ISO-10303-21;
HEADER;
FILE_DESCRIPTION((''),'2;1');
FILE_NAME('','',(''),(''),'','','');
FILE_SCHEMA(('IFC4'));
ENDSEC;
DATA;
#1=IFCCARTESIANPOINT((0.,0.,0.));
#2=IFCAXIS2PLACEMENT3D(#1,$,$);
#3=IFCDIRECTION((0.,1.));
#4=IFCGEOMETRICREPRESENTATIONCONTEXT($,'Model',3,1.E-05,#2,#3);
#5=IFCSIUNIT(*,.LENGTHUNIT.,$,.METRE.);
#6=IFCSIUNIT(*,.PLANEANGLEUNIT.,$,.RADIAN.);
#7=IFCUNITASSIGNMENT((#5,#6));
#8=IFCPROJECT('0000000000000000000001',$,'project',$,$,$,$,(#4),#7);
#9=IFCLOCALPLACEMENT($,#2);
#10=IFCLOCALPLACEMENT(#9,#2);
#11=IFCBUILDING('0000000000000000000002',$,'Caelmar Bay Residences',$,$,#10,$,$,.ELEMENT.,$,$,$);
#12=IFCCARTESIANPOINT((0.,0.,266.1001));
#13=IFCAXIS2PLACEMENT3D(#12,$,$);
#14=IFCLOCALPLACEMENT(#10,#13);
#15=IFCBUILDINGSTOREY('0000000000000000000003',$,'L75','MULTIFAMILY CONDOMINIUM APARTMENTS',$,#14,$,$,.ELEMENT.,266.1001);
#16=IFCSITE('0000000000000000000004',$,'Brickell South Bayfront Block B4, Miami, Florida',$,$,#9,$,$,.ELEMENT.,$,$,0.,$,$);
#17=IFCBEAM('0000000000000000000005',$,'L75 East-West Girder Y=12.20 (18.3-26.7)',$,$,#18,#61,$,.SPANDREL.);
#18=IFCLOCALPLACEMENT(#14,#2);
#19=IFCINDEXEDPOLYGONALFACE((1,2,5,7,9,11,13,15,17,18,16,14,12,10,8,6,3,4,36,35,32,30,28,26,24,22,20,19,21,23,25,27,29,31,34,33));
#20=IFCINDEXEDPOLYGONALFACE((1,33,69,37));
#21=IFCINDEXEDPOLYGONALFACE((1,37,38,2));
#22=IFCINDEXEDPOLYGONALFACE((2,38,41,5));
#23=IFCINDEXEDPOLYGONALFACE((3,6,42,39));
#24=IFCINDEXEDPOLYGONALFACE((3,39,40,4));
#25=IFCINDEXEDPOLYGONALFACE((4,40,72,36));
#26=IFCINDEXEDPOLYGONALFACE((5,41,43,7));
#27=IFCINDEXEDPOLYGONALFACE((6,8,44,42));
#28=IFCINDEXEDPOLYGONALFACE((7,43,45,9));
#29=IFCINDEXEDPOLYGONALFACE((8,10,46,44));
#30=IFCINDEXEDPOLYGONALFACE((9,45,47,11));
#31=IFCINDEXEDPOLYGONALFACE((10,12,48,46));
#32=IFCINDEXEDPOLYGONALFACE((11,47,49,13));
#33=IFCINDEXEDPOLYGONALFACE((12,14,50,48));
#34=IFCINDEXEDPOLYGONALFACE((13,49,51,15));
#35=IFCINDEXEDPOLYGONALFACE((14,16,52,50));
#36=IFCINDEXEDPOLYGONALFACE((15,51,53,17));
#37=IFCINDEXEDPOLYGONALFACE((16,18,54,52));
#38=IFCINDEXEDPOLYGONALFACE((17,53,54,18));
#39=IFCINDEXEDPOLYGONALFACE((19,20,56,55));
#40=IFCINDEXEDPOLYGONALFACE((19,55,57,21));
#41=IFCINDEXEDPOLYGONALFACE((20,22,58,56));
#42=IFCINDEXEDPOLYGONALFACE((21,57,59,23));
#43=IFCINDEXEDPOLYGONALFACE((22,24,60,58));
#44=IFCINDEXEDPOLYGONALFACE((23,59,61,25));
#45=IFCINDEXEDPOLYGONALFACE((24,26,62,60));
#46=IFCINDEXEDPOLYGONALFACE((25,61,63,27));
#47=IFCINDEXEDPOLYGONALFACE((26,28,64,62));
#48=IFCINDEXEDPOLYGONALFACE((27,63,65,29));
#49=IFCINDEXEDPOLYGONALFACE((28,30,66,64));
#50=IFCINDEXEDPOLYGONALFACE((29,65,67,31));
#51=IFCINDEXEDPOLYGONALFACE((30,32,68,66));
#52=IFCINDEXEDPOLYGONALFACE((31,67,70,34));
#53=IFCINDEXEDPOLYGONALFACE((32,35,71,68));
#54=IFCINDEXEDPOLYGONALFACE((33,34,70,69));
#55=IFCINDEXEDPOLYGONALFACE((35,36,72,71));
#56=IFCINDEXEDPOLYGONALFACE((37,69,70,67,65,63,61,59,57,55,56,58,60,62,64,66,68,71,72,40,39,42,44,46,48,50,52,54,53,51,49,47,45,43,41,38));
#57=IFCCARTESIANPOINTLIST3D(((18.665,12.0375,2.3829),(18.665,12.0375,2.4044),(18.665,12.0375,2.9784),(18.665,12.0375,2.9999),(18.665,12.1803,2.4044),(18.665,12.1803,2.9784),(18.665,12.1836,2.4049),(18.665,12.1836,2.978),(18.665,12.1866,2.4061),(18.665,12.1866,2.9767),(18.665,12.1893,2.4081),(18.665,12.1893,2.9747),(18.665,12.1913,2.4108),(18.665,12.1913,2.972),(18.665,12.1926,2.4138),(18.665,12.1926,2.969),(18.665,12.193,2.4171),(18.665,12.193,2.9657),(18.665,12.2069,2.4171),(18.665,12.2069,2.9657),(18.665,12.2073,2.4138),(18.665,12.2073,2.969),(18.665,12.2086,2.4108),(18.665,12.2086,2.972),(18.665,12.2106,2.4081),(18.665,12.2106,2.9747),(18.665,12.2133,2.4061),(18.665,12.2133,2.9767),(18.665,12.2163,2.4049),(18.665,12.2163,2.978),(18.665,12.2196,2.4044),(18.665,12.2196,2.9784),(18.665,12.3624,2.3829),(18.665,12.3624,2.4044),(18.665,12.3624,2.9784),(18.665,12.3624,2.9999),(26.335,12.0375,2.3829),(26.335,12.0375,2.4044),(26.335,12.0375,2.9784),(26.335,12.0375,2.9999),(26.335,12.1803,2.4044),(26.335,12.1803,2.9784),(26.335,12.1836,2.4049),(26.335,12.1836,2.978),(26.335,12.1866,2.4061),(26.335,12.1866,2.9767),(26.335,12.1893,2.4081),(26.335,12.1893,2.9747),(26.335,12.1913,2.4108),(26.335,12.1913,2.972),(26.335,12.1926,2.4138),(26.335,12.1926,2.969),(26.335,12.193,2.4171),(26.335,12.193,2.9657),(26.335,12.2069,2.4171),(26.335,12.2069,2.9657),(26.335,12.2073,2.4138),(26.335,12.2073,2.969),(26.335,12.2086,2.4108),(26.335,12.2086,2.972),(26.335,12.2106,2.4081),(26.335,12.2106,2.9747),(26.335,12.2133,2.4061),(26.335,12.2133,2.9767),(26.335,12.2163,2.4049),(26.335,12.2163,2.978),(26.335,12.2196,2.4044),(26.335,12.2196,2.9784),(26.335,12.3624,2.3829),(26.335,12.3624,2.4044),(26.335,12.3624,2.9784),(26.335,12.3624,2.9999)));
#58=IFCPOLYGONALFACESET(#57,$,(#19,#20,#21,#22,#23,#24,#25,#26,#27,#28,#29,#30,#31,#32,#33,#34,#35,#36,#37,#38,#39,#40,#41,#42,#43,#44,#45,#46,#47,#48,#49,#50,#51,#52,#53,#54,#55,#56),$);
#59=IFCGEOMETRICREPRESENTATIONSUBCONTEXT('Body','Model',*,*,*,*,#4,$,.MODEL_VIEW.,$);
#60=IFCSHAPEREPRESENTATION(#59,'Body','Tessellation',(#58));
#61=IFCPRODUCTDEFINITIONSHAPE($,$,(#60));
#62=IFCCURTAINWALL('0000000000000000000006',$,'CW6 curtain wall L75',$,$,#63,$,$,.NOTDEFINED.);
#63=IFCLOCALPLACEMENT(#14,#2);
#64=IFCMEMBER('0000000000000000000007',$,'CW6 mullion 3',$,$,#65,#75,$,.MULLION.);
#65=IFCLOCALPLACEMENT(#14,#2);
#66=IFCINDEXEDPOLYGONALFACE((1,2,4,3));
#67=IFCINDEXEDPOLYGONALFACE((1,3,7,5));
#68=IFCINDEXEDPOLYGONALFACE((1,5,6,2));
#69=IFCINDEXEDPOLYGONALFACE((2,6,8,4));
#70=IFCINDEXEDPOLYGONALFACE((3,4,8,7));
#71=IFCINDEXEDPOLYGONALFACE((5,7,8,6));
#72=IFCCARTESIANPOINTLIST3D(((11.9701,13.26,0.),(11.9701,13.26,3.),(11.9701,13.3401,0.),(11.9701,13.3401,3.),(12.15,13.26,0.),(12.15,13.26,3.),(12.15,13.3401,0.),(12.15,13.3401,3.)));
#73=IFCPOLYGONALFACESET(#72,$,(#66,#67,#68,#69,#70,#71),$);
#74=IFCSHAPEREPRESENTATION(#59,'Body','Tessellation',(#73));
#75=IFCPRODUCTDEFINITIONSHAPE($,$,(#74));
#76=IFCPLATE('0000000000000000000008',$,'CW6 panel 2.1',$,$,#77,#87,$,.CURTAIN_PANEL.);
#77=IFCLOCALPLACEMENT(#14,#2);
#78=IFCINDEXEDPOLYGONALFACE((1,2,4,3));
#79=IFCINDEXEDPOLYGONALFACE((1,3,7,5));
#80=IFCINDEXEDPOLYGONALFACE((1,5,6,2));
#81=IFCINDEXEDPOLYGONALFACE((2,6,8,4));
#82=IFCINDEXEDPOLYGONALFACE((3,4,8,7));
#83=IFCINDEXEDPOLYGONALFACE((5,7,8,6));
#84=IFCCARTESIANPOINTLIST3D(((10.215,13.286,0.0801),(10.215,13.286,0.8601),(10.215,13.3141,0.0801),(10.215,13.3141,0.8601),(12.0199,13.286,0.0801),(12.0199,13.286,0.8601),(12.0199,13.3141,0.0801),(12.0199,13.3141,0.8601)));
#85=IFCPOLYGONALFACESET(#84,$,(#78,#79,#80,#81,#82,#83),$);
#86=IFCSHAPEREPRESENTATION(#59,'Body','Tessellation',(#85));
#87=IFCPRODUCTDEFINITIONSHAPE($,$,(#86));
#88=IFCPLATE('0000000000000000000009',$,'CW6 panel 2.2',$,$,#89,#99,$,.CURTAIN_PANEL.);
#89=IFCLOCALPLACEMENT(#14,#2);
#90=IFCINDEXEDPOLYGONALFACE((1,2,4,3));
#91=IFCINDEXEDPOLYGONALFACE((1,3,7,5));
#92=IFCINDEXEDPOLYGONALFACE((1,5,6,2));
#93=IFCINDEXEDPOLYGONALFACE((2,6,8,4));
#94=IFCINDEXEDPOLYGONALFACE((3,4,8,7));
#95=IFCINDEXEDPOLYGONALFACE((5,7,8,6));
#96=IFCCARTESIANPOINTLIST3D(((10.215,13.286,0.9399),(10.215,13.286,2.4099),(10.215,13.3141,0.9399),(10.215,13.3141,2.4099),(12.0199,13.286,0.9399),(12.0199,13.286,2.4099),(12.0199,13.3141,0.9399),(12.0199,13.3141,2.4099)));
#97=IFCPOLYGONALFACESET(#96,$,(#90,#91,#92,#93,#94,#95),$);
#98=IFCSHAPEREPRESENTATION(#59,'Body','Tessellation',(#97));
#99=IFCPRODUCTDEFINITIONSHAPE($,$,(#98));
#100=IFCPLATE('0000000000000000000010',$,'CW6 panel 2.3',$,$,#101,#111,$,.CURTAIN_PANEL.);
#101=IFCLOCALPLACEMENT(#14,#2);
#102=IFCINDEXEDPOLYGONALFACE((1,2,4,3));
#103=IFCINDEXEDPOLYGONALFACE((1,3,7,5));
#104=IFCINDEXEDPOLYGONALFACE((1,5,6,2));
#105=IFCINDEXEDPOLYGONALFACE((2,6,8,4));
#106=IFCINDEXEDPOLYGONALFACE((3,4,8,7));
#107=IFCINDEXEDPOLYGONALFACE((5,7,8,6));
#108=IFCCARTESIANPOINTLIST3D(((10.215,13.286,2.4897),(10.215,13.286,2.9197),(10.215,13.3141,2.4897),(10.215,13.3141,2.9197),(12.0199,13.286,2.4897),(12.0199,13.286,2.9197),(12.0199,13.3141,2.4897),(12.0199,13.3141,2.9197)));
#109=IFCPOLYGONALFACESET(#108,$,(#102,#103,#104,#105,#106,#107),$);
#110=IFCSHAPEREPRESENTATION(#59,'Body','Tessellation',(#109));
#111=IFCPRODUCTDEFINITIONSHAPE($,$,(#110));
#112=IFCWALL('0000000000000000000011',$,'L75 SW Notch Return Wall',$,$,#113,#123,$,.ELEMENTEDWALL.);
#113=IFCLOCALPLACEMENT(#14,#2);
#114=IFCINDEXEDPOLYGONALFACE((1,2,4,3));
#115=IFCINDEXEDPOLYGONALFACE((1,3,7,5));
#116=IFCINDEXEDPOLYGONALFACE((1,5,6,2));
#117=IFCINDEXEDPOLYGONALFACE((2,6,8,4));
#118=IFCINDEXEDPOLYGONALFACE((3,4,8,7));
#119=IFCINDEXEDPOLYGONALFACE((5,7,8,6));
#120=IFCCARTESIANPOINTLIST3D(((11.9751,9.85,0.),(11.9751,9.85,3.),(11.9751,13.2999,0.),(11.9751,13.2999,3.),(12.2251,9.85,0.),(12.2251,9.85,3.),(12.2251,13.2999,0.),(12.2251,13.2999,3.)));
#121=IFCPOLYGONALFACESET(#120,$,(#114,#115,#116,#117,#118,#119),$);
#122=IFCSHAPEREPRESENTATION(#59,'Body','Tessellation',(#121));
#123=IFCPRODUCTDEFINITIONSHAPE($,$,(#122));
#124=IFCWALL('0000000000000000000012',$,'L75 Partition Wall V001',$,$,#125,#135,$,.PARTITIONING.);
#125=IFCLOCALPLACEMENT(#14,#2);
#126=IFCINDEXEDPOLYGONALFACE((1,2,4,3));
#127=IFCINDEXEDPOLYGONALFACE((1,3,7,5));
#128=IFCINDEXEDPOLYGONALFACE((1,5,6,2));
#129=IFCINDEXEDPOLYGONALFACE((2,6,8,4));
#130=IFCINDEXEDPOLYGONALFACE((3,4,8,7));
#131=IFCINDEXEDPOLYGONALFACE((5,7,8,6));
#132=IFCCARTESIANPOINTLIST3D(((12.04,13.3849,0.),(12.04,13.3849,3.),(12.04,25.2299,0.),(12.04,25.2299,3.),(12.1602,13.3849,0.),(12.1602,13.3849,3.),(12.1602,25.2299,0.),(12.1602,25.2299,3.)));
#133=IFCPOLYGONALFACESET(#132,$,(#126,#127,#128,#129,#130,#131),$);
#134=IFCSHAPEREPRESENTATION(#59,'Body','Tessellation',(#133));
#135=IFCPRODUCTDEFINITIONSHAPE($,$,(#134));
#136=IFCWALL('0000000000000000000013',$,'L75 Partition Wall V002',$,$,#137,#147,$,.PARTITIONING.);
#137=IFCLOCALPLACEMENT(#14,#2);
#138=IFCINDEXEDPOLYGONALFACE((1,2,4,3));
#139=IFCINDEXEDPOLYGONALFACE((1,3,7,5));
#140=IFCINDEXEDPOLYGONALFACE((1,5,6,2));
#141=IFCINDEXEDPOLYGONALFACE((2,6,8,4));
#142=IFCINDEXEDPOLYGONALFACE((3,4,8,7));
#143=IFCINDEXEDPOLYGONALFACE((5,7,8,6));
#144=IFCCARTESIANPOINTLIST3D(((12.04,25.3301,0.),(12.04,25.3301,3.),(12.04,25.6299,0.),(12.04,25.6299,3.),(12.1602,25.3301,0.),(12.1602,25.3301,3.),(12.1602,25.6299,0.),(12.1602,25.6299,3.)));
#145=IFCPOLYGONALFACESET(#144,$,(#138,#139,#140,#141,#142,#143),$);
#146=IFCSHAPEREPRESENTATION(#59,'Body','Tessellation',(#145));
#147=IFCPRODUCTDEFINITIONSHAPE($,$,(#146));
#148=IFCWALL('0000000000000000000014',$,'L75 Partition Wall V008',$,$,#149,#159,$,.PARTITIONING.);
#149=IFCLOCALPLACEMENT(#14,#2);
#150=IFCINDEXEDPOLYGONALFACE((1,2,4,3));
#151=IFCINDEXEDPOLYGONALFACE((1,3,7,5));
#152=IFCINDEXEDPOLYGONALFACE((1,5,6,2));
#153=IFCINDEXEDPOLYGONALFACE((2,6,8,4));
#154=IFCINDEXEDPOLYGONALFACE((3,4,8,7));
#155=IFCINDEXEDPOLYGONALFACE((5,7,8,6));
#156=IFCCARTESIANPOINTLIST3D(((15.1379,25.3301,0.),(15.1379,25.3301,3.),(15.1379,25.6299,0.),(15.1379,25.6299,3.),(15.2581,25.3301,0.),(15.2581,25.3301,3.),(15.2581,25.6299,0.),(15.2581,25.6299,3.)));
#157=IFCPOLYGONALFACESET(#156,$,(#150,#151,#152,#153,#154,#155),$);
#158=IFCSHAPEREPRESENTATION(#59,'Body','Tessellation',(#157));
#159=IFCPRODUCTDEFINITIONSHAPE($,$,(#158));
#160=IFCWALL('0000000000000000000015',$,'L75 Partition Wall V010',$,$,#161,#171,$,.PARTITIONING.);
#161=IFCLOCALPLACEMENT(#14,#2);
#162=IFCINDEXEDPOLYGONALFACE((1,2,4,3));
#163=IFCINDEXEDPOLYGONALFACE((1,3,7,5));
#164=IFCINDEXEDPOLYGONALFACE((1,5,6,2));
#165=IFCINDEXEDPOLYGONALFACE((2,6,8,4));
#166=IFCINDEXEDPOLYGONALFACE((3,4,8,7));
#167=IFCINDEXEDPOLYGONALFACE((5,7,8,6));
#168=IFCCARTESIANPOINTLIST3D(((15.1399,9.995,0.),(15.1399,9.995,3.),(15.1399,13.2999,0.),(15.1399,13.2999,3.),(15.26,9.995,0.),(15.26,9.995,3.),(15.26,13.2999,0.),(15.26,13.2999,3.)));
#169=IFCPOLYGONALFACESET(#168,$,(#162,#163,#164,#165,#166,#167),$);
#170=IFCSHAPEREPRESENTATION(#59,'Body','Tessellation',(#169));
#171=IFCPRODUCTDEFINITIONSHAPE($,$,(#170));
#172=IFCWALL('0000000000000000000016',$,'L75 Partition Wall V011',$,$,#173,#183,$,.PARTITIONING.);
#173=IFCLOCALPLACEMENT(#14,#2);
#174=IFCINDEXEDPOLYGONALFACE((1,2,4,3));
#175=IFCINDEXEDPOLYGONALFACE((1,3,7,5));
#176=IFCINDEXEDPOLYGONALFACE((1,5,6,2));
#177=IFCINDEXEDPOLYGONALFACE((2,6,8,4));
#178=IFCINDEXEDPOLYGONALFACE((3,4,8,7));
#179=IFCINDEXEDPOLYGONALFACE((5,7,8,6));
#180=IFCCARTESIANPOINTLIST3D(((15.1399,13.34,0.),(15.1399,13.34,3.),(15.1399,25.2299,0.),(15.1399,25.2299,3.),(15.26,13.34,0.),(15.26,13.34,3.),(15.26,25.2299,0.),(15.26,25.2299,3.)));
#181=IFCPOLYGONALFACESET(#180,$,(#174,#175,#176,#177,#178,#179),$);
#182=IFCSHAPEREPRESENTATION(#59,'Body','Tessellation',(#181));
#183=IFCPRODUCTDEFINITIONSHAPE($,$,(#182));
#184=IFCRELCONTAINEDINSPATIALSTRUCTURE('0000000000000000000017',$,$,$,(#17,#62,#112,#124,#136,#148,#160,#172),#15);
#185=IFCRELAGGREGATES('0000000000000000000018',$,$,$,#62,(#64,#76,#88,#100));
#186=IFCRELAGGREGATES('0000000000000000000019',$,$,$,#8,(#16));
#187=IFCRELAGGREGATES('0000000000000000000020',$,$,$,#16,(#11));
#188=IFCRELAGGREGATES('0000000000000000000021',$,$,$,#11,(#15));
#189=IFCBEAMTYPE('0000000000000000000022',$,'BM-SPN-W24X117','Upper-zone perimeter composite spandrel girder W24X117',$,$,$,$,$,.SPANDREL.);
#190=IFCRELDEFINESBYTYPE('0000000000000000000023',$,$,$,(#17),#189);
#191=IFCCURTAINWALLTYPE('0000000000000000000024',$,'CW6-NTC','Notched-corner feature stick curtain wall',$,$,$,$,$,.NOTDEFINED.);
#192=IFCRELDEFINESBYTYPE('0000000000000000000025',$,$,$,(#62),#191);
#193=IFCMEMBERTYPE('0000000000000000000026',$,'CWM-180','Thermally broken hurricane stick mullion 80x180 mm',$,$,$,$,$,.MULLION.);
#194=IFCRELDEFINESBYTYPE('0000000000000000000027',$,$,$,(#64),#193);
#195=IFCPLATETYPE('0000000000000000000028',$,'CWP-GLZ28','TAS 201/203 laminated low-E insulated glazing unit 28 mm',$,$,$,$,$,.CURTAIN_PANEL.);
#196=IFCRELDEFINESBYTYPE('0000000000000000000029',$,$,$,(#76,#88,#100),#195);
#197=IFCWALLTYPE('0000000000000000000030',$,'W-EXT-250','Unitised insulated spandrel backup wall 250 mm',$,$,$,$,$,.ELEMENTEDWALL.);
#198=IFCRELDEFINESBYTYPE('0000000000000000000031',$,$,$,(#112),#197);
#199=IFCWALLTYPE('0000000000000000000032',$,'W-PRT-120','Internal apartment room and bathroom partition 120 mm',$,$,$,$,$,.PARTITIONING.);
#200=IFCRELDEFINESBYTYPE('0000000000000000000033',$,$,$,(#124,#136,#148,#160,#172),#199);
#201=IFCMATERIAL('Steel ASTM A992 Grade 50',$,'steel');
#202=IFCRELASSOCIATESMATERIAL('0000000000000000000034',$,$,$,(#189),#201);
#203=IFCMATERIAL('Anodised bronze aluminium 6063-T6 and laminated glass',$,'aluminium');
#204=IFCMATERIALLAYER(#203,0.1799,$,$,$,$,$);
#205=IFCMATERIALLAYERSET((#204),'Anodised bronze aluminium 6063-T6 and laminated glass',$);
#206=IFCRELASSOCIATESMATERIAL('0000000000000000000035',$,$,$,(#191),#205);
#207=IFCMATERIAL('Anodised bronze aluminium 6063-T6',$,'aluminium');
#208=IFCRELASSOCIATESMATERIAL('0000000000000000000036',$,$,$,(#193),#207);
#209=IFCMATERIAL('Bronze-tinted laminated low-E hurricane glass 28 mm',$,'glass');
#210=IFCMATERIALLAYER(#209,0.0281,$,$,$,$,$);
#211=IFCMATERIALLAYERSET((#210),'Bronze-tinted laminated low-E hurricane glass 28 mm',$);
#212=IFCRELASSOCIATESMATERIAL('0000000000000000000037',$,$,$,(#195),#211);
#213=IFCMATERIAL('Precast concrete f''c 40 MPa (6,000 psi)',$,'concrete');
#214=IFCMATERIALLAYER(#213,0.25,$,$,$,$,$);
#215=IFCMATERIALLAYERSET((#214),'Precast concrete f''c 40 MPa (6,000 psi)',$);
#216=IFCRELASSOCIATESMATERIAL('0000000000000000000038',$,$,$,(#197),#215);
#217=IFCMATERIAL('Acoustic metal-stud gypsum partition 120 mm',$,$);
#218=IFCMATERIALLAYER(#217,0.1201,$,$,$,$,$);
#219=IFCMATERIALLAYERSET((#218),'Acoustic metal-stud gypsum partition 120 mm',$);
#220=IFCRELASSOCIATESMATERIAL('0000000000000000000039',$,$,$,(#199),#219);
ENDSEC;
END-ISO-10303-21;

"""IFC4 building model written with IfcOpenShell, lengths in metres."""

from ifc_helpers import new_model, si_unit, direction, frame, frame_2d, origin, origin_2d, place, context, subcontext, project, spatial, rectangle, i_section, extrude, material, layer, layer_set, material_profile, profile_set, type_object, element, aggregate, save


model = new_model("IFC4")

# Units and contexts
model_context = context("Model", 3, precision=1e-05, world=origin(), true_north=direction((0.0, 1.0)))
body_context = subcontext(model_context, "Body", "Model", "MODEL_VIEW")
ifc_project = project(units=[si_unit("LENGTHUNIT", "METRE"), si_unit("PLANEANGLEUNIT", "RADIAN")], contexts=[model_context])

# Site, building, storey
site_placement = place(None, origin())
site = spatial("IfcSite", under=ifc_project, at=site_placement, Name="Brickell South Bayfront Block B4, Miami, Florida", CompositionType="ELEMENT", RefElevation=0.0)
building_placement = place(site_placement, origin())
building = spatial("IfcBuilding", under=site, at=building_placement, Name="Caelmar Bay Residences", CompositionType="ELEMENT")
storey_placement = place(building_placement, frame((0.0, 0.0, 266.1001)))
storey = spatial("IfcBuildingStorey", under=building, at=storey_placement, Name="L75", Description="MULTIFAMILY CONDOMINIUM APARTMENTS", CompositionType="ELEMENT", Elevation=266.1001)

# Beam
ifc_material_1 = material(Name="Steel ASTM A992 Grade 50", Category="steel")
ifc_material_profile_1 = material_profile(ifc_material_1, i_section(OverallWidth=0.325, OverallDepth=0.6169, WebThickness=0.0139, FlangeThickness=0.0215, FilletRadius=0.0127, at=origin_2d()), Name="W24X117")
ifc_profile_set_1 = profile_set([ifc_material_profile_1], Name="Steel ASTM A992 Grade 50")
beam_type_1 = type_object("IfcBeamType", Name="BM-SPN-W24X117", Description="Upper-zone perimeter composite spandrel girder W24X117", PredefinedType="SPANDREL", material=ifc_profile_set_1)
beam_1_placement = place(storey_placement, frame((18.665, 12.2, 2.6914), z_axis=(1.0, 0.0, 0.0), x_axis=(0.0, 1.0, 0.0)))
element("IfcBeam", 1, at=beam_1_placement, inside=storey, type_object=beam_type_1, Name="L75 East-West Girder Y=12.20 (18.3-26.7)", PredefinedType="SPANDREL", context=body_context, shape_type="SweptSolid", body=[
    extrude(i_section(OverallWidth=0.325, OverallDepth=0.6169, WebThickness=0.0139, FlangeThickness=0.0215, FilletRadius=0.0127, at=origin_2d()), origin(), (0.0, 0.0, 1.0), 7.6699),
])

# Curtain wall, member, plates
ifc_material_2 = material(Name="Anodised bronze aluminium 6063-T6 and laminated glass", Category="aluminium")
ifc_layer_1 = layer(ifc_material_2, 0.1799)
ifc_layer_set_1 = layer_set([ifc_layer_1], Name="Anodised bronze aluminium 6063-T6 and laminated glass")
curtain_wall_type = type_object("IfcCurtainWallType", Name="CW6-NTC", Description="Notched-corner feature stick curtain wall", PredefinedType="NOTDEFINED", material=ifc_layer_set_1)
curtain_wall_placement = place(storey_placement, origin())
curtain_wall = element("IfcCurtainWall", 2, at=curtain_wall_placement, inside=storey, type_object=curtain_wall_type, Name="CW6 curtain wall L75", PredefinedType="NOTDEFINED")
ifc_material_3 = material(Name="Anodised bronze aluminium 6063-T6", Category="aluminium")
ifc_material_profile_2 = material_profile(ifc_material_3, rectangle(XDim=0.0801, YDim=0.1799, at=origin_2d()), Name="CWM-80X180")
ifc_profile_set_2 = profile_set([ifc_material_profile_2], Name="Anodised bronze aluminium 6063-T6")
member_type = type_object("IfcMemberType", Name="CWM-180", Description="Thermally broken hurricane stick mullion 80x180 mm", PredefinedType="MULLION", material=ifc_profile_set_2)
member_placement = place(storey_placement, frame((12.0601, 13.3, 0.0), z_axis=(0.0, 0.0, 1.0), x_axis=(0.0, 1.0, 0.0)))
member = element("IfcMember", 3, at=member_placement, type_object=member_type, Name="CW6 mullion 3", PredefinedType="MULLION", context=body_context, shape_type="SweptSolid", body=[
    extrude(rectangle(XDim=0.0801, YDim=0.1799, at=origin_2d()), origin(), (0.0, 0.0, 1.0), 3.0),
])
ifc_material_4 = material(Name="Bronze-tinted laminated low-E hurricane glass 28 mm", Category="glass")
ifc_layer_2 = layer(ifc_material_4, 0.0281)
ifc_layer_set_2 = layer_set([ifc_layer_2], Name="Bronze-tinted laminated low-E hurricane glass 28 mm")
plate_type = type_object("IfcPlateType", Name="CWP-GLZ28", Description="TAS 201/203 laminated low-E insulated glazing unit 28 mm", PredefinedType="CURTAIN_PANEL", material=ifc_layer_set_2)
plate_1_placement = place(storey_placement, frame((11.1174, 13.3, 0.0801), z_axis=(0.0, 0.0, 1.0), x_axis=(1.0, 0.0, 0.0)))
plate_1 = element("IfcPlate", 4, at=plate_1_placement, type_object=plate_type, Name="CW6 panel 2.1", PredefinedType="CURTAIN_PANEL", context=body_context, shape_type="SweptSolid", body=[
    extrude(rectangle(XDim=1.8049, YDim=0.0281, at=origin_2d()), origin(), (0.0, 0.0, 1.0), 0.78),
])
plate_2_placement = place(storey_placement, frame((11.1174, 13.3, 0.9399), z_axis=(0.0, 0.0, 1.0), x_axis=(1.0, 0.0, 0.0)))
plate_2 = element("IfcPlate", 5, at=plate_2_placement, type_object=plate_type, Name="CW6 panel 2.2", PredefinedType="CURTAIN_PANEL", context=body_context, shape_type="SweptSolid", body=[
    extrude(rectangle(XDim=1.8049, YDim=0.0281, at=origin_2d()), origin(), (0.0, 0.0, 1.0), 1.47),
])
plate_3_placement = place(storey_placement, frame((11.1174, 13.3, 2.4897), z_axis=(0.0, 0.0, 1.0), x_axis=(1.0, 0.0, 0.0)))
plate_3 = element("IfcPlate", 6, at=plate_3_placement, type_object=plate_type, Name="CW6 panel 2.3", PredefinedType="CURTAIN_PANEL", context=body_context, shape_type="SweptSolid", body=[
    extrude(rectangle(XDim=1.8049, YDim=0.0281, at=origin_2d()), origin(), (0.0, 0.0, 1.0), 0.4299),
])
aggregate(curtain_wall, [member, plate_1, plate_2, plate_3])

# Walls
ifc_material_5 = material(Name="Precast concrete f'c 40 MPa (6,000 psi)", Category="concrete")
ifc_layer_3 = layer(ifc_material_5, 0.25)
ifc_layer_set_3 = layer_set([ifc_layer_3], Name="Precast concrete f'c 40 MPa (6,000 psi)")
wall_type_1 = type_object("IfcWallType", Name="W-EXT-250", Description="Unitised insulated spandrel backup wall 250 mm", PredefinedType="ELEMENTEDWALL", material=ifc_layer_set_3)
wall_1_placement = place(storey_placement, frame((12.1001, 13.3, 0.0), z_axis=(0.0, 0.0, 1.0), x_axis=(0.0, -1.0, 0.0)))
element("IfcWall", 7, at=wall_1_placement, inside=storey, type_object=wall_type_1, Name="L75 SW Notch Return Wall", PredefinedType="ELEMENTEDWALL", context=body_context, shape_type="SweptSolid", body=[
    extrude(rectangle(XDim=3.45, YDim=0.25, at=frame_2d((1.7251, 0.0))), origin(), (0.0, 0.0, 1.0), 3.0),
])
ifc_material_6 = material(Name="Acoustic metal-stud gypsum partition 120 mm")
ifc_layer_4 = layer(ifc_material_6, 0.1201)
ifc_layer_set_4 = layer_set([ifc_layer_4], Name="Acoustic metal-stud gypsum partition 120 mm")
wall_type_2 = type_object("IfcWallType", Name="W-PRT-120", Description="Internal apartment room and bathroom partition 120 mm", PredefinedType="PARTITIONING", material=ifc_layer_set_4)
wall_2_placement = place(storey_placement, frame((12.1001, 13.385, 0.0), z_axis=(0.0, 0.0, 1.0), x_axis=(0.0, 1.0, 0.0)))
element("IfcWall", 8, at=wall_2_placement, inside=storey, type_object=wall_type_2, Name="L75 Partition Wall V001", PredefinedType="PARTITIONING", context=body_context, shape_type="SweptSolid", body=[
    extrude(rectangle(XDim=11.845, YDim=0.1201, at=frame_2d((5.9224, 0.0))), origin(), (0.0, 0.0, 1.0), 3.0),
])
for number, where, z_axis, x_axis, name in (
    (9, (12.1001, 25.3301, 0.0), (0.0, 0.0, 1.0), (0.0, 1.0, 0.0), "L75 Partition Wall V002"),
    (10, (15.198, 25.3301, 0.0), (0.0, 0.0, 1.0), (0.0, 1.0, 0.0), "L75 Partition Wall V008"),
):
    element("IfcWall", number, at=place(storey_placement, frame(where, z_axis=z_axis, x_axis=x_axis)), inside=storey, type_object=wall_type_2, Name=name, PredefinedType="PARTITIONING", context=body_context, shape_type="SweptSolid", body=[
        extrude(rectangle(XDim=0.2998, YDim=0.1201, at=frame_2d((0.1499, 0.0))), origin(), (0.0, 0.0, 1.0), 3.0),
    ])
wall_3_placement = place(storey_placement, frame((15.2, 9.9951, 0.0), z_axis=(0.0, 0.0, 1.0), x_axis=(0.0, 1.0, 0.0)))
element("IfcWall", 11, at=wall_3_placement, inside=storey, type_object=wall_type_2, Name="L75 Partition Wall V010", PredefinedType="PARTITIONING", context=body_context, shape_type="SweptSolid", body=[
    extrude(rectangle(XDim=3.3049, YDim=0.1201, at=frame_2d((1.6523, 0.0))), origin(), (0.0, 0.0, 1.0), 3.0),
])
wall_4_placement = place(storey_placement, frame((15.2, 13.3401, 0.0), z_axis=(0.0, 0.0, 1.0), x_axis=(0.0, 1.0, 0.0)))
element("IfcWall", 12, at=wall_4_placement, inside=storey, type_object=wall_type_2, Name="L75 Partition Wall V011", PredefinedType="PARTITIONING", context=body_context, shape_type="SweptSolid", body=[
    extrude(rectangle(XDim=11.8899, YDim=0.1201, at=frame_2d((5.9448, 0.0))), origin(), (0.0, 0.0, 1.0), 3.0),
])

save(model, "model.ifc")
